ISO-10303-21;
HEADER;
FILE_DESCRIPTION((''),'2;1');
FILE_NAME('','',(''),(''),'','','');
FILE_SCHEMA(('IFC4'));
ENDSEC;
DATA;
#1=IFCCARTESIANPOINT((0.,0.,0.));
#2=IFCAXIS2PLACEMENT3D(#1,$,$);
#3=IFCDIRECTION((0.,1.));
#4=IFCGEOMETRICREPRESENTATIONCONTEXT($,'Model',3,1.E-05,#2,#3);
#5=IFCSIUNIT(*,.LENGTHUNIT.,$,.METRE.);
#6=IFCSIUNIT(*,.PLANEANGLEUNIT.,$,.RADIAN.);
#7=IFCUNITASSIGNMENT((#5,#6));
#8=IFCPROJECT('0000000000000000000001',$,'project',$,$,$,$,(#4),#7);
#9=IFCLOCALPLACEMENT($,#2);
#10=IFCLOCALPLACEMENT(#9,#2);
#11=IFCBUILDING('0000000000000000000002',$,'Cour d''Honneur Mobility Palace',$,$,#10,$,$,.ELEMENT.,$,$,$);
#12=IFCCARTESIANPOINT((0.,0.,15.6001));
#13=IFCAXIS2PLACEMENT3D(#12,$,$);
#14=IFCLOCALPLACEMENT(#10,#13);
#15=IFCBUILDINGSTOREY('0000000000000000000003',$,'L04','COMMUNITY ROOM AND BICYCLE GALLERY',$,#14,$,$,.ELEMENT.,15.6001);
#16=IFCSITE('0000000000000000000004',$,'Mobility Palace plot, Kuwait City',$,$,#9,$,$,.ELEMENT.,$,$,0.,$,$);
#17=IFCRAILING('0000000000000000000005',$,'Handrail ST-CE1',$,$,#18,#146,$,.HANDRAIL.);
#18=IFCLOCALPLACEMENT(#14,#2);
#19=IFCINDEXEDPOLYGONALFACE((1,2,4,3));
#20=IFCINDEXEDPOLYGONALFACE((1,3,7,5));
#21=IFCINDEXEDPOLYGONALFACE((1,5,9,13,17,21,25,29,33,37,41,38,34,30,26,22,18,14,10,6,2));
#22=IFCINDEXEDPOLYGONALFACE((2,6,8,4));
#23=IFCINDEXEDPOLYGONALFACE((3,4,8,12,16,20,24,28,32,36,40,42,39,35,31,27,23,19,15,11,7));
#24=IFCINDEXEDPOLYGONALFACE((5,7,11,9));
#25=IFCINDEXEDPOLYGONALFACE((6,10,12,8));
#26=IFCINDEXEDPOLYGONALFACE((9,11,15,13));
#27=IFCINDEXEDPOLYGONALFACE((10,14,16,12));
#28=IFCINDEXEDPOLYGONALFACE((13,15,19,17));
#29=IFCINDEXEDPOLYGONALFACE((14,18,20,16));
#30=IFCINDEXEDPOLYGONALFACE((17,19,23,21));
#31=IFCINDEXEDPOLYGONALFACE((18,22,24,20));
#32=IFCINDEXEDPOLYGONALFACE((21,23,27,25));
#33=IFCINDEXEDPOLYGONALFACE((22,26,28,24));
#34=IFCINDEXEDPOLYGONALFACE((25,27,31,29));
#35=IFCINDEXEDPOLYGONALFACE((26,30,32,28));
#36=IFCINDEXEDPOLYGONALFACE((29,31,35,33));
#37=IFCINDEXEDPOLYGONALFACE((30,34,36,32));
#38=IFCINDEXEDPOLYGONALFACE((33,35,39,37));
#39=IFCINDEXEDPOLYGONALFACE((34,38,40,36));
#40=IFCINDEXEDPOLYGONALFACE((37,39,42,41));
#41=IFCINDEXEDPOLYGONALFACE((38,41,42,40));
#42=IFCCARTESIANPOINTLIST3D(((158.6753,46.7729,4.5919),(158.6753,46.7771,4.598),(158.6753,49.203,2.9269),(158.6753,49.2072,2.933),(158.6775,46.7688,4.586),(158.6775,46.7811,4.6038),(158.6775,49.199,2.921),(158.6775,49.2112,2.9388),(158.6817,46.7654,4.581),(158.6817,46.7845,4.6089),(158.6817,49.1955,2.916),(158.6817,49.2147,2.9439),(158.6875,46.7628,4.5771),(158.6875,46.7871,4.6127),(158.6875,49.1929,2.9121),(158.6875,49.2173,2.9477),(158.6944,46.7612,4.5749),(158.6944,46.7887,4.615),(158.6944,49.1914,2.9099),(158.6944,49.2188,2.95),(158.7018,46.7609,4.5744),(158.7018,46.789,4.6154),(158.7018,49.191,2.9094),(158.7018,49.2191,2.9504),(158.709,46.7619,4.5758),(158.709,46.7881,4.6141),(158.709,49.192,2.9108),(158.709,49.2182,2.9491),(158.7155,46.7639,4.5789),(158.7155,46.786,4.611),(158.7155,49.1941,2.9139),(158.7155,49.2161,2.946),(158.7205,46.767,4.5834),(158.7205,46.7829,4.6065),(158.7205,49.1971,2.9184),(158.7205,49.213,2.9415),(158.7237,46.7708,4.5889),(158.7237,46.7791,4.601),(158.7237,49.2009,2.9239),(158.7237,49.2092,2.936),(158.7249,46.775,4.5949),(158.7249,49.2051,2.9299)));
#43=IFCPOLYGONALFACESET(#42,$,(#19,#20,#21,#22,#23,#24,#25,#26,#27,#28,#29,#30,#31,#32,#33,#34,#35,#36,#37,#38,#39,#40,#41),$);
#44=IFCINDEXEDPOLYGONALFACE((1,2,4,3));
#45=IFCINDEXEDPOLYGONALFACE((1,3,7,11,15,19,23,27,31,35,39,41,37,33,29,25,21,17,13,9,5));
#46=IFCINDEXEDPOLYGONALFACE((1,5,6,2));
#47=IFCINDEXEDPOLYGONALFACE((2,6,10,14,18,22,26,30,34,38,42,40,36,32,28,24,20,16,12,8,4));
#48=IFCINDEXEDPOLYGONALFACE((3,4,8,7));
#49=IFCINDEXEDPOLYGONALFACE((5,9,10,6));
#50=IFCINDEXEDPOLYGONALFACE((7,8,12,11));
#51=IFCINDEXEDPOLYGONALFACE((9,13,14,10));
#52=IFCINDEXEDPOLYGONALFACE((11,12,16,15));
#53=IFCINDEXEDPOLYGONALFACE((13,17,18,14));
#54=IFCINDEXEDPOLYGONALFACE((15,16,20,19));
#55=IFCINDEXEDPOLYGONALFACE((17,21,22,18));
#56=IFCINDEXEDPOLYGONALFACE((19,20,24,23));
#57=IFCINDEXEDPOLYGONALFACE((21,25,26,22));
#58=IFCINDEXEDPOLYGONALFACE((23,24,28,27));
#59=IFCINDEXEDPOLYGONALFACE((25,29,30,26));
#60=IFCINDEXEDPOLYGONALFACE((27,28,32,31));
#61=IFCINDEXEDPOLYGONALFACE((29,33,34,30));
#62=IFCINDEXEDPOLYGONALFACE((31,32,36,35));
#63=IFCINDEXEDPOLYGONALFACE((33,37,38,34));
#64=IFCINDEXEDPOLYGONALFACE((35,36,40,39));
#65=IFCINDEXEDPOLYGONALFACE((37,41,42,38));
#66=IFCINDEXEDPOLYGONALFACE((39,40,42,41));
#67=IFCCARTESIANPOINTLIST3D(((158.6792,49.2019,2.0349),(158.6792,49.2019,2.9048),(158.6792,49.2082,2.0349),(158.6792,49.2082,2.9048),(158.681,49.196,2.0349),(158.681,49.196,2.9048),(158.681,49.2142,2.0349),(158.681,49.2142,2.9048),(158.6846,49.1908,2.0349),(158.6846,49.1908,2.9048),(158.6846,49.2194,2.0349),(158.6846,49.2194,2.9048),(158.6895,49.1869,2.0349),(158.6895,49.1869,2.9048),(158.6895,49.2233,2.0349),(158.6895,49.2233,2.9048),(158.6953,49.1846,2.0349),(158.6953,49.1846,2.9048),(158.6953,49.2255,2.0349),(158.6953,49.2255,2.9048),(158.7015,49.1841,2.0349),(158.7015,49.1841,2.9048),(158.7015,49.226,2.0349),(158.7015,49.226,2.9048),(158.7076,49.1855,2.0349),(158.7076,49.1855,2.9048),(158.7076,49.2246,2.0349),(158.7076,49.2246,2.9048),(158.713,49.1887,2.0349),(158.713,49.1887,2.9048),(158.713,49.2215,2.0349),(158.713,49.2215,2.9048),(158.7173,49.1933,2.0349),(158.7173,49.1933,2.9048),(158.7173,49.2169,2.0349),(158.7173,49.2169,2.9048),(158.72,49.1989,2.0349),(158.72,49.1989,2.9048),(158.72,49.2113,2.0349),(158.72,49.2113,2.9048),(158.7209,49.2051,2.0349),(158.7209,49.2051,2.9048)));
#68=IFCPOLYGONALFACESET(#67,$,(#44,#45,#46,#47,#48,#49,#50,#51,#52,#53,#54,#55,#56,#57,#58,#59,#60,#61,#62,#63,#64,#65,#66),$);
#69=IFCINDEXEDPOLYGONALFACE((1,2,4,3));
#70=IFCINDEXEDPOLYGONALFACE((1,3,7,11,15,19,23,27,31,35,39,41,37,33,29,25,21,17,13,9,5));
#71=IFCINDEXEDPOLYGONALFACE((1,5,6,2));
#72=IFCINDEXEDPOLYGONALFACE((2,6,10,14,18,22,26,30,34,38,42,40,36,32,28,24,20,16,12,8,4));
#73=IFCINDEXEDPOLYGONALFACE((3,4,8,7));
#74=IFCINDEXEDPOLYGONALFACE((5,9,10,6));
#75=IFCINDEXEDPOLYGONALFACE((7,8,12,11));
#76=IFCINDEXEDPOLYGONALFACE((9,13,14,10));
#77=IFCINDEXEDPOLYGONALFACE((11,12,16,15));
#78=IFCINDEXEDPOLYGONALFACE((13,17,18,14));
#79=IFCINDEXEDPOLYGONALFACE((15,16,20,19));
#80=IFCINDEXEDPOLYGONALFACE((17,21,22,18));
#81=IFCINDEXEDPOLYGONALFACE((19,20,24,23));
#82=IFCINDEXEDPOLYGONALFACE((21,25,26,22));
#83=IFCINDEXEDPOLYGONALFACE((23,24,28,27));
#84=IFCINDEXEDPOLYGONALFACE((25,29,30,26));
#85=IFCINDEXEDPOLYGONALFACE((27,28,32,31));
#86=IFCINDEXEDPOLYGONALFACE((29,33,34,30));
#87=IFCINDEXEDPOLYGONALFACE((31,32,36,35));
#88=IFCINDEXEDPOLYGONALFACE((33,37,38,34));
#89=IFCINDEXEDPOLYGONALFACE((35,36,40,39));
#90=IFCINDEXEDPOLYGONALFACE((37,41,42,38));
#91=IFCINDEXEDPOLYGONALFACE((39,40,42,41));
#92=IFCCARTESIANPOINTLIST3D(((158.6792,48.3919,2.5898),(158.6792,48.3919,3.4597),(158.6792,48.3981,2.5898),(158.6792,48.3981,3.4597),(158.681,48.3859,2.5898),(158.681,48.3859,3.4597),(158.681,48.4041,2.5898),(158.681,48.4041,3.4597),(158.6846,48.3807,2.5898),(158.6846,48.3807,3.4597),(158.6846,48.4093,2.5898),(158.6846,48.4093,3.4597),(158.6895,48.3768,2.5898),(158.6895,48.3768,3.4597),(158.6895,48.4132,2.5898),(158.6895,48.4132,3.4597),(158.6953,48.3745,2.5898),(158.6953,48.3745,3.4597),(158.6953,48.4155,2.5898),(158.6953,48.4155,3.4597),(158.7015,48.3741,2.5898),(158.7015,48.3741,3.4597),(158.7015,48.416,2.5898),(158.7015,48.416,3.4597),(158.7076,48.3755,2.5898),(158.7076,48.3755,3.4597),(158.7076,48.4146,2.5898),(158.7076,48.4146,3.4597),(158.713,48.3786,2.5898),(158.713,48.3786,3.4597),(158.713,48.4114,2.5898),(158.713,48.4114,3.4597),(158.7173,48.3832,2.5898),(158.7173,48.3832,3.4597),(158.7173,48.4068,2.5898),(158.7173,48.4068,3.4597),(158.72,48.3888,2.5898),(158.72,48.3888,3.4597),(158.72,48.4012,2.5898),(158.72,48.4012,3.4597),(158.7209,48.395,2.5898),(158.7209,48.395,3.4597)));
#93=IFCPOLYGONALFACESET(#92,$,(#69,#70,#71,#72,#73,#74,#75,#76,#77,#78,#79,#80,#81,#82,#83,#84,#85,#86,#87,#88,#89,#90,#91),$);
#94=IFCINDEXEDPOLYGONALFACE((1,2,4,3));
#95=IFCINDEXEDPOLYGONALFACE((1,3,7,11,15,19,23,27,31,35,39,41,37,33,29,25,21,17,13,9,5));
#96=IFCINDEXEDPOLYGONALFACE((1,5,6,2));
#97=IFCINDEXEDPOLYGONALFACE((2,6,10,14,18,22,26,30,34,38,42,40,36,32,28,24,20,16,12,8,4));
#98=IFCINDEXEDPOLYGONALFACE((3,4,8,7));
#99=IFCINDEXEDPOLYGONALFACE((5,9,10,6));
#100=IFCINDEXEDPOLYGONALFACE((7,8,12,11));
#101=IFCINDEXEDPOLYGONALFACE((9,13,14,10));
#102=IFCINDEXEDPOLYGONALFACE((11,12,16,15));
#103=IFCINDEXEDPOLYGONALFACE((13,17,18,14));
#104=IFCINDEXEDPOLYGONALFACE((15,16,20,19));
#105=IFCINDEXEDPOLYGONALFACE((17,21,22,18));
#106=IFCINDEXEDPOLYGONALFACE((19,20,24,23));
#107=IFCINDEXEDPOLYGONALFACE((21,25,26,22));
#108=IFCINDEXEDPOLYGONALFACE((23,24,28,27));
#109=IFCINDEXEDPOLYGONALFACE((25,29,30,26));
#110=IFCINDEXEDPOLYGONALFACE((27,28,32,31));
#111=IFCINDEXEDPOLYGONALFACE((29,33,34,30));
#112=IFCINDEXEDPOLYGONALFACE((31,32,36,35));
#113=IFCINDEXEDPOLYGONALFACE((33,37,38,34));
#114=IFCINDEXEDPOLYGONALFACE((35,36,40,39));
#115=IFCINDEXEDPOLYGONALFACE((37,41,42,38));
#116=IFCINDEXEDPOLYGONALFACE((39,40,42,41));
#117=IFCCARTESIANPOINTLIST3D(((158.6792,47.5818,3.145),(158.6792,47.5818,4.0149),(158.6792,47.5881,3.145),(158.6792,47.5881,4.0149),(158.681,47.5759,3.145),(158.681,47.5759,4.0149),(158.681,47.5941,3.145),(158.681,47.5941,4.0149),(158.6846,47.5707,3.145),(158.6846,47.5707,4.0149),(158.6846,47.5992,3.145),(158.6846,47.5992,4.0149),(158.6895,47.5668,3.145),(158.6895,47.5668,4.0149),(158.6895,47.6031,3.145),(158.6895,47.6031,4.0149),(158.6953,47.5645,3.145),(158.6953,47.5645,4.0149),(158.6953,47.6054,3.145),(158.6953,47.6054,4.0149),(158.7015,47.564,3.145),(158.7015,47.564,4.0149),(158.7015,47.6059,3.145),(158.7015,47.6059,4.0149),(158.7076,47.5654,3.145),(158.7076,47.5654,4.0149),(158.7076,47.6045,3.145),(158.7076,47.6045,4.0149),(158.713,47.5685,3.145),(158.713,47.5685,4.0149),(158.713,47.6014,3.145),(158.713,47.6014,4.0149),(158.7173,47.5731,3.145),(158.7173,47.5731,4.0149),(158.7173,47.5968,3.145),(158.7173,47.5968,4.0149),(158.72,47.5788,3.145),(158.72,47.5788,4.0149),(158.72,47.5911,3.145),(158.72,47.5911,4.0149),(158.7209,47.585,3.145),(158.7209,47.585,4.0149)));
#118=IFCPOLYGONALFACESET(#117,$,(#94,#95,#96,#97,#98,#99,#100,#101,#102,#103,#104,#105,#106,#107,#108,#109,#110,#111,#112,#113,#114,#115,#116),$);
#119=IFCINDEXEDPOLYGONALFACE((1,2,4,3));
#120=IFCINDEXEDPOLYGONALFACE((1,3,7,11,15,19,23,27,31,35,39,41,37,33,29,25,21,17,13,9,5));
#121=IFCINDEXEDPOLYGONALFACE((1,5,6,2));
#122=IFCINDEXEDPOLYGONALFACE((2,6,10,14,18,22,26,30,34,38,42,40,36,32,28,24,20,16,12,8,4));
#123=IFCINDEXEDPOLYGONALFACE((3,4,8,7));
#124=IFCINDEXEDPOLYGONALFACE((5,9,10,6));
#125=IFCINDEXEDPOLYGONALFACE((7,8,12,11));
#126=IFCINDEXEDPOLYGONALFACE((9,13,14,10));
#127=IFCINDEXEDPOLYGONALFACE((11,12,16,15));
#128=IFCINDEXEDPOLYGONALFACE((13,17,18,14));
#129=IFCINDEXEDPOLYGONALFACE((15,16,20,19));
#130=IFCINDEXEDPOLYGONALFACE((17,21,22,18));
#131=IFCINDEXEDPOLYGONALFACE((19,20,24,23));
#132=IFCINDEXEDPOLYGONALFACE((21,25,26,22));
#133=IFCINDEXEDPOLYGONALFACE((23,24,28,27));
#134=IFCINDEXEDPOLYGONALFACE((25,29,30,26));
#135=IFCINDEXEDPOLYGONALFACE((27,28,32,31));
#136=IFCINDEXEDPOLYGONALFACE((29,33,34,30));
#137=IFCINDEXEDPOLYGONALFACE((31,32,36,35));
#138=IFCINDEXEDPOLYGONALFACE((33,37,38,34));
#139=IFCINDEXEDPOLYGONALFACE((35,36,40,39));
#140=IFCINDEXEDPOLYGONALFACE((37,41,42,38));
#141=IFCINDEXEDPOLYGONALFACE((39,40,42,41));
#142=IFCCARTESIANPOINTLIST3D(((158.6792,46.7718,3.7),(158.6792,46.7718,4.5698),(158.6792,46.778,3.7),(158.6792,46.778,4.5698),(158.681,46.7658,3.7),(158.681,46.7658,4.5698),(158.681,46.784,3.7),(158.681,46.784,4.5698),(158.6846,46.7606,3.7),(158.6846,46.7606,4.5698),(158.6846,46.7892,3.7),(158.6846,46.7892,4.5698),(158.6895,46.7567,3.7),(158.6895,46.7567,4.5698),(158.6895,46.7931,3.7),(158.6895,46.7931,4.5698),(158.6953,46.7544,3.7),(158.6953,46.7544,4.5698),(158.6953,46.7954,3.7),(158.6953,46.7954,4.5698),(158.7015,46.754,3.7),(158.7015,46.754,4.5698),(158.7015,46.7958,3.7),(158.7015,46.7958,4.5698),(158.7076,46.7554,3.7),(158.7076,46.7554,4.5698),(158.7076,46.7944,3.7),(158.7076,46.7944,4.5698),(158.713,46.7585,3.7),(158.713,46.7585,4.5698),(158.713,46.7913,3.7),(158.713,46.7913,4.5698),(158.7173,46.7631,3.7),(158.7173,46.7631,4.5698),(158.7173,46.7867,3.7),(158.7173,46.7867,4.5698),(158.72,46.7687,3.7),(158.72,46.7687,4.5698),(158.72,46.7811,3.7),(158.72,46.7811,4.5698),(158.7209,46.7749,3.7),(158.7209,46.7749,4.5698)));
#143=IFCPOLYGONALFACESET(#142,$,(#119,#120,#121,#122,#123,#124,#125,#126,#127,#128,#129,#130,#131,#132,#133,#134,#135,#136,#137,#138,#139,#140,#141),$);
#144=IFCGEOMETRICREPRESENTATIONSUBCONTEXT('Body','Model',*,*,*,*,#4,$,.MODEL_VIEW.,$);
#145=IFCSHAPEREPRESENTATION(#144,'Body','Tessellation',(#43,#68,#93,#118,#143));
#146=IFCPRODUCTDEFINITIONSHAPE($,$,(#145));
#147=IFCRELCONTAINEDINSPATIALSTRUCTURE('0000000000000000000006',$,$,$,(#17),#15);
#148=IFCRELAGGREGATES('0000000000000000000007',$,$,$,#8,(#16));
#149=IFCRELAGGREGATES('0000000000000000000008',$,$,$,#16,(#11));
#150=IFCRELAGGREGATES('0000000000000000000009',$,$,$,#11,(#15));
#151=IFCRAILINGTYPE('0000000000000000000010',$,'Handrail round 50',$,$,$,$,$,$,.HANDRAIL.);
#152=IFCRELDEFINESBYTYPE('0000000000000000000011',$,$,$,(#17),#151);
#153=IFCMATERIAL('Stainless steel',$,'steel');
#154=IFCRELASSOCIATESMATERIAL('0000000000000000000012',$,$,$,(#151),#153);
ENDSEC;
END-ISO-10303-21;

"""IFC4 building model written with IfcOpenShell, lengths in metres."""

from ifc_helpers import new_model, si_unit, direction, frame, origin, origin_2d, place, context, subcontext, project, spatial, circle, extrude, material, type_object, element, save


model = new_model("IFC4")

# Units and contexts
model_context = context("Model", 3, precision=1e-05, world=origin(), true_north=direction((0.0, 1.0)))
body_context = subcontext(model_context, "Body", "Model", "MODEL_VIEW")
ifc_project = project(units=[si_unit("LENGTHUNIT", "METRE"), si_unit("PLANEANGLEUNIT", "RADIAN")], contexts=[model_context])

# Site, building, storey
site_placement = place(None, origin())
site = spatial("IfcSite", under=ifc_project, at=site_placement, Name="Mobility Palace plot, Kuwait City", CompositionType="ELEMENT", RefElevation=0.0)
building_placement = place(site_placement, origin())
building = spatial("IfcBuilding", under=site, at=building_placement, Name="Cour d'Honneur Mobility Palace", CompositionType="ELEMENT")
storey_placement = place(building_placement, frame((0.0, 0.0, 15.6001)))
storey = spatial("IfcBuildingStorey", under=building, at=storey_placement, Name="L04", Description="COMMUNITY ROOM AND BICYCLE GALLERY", CompositionType="ELEMENT", Elevation=15.6001)

# Railing
ifc_material_1 = material(Name="Stainless steel", Category="steel")
railing_type_1 = type_object("IfcRailingType", Name="Handrail round 50", PredefinedType="HANDRAIL", material=ifc_material_1)
railing_1_placement = place(storey_placement, frame((158.7, 49.2051, 2.0349)))
element("IfcRailing", 1, at=railing_1_placement, inside=storey, type_object=railing_type_1, Name="Handrail ST-CE1", PredefinedType="HANDRAIL", context=body_context, shape_type="SweptSolid", body=[
    extrude(circle(Radius=0.0249, at=origin_2d()), frame((0.0, 0.0, 0.895), z_axis=(0.0, -0.824945, 0.565213), x_axis=(1.0, 0.0, 0.0)), (0.0, 0.0, 1.0), 2.9458),
    extrude(circle(Radius=0.021, at=origin_2d()), origin(), (0.0, 0.0, 1.0), 0.8699),
    extrude(circle(Radius=0.021, at=origin_2d()), frame((0.0, -0.8101, 0.5549)), (0.0, 0.0, 1.0), 0.8699),
    extrude(circle(Radius=0.021, at=origin_2d()), frame((0.0, -1.6201, 1.1101)), (0.0, 0.0, 1.0), 0.8699),
    extrude(circle(Radius=0.021, at=origin_2d()), frame((0.0, -2.4302, 1.665)), (0.0, 0.0, 1.0), 0.8699),
])

save(model, "model.ifc")
